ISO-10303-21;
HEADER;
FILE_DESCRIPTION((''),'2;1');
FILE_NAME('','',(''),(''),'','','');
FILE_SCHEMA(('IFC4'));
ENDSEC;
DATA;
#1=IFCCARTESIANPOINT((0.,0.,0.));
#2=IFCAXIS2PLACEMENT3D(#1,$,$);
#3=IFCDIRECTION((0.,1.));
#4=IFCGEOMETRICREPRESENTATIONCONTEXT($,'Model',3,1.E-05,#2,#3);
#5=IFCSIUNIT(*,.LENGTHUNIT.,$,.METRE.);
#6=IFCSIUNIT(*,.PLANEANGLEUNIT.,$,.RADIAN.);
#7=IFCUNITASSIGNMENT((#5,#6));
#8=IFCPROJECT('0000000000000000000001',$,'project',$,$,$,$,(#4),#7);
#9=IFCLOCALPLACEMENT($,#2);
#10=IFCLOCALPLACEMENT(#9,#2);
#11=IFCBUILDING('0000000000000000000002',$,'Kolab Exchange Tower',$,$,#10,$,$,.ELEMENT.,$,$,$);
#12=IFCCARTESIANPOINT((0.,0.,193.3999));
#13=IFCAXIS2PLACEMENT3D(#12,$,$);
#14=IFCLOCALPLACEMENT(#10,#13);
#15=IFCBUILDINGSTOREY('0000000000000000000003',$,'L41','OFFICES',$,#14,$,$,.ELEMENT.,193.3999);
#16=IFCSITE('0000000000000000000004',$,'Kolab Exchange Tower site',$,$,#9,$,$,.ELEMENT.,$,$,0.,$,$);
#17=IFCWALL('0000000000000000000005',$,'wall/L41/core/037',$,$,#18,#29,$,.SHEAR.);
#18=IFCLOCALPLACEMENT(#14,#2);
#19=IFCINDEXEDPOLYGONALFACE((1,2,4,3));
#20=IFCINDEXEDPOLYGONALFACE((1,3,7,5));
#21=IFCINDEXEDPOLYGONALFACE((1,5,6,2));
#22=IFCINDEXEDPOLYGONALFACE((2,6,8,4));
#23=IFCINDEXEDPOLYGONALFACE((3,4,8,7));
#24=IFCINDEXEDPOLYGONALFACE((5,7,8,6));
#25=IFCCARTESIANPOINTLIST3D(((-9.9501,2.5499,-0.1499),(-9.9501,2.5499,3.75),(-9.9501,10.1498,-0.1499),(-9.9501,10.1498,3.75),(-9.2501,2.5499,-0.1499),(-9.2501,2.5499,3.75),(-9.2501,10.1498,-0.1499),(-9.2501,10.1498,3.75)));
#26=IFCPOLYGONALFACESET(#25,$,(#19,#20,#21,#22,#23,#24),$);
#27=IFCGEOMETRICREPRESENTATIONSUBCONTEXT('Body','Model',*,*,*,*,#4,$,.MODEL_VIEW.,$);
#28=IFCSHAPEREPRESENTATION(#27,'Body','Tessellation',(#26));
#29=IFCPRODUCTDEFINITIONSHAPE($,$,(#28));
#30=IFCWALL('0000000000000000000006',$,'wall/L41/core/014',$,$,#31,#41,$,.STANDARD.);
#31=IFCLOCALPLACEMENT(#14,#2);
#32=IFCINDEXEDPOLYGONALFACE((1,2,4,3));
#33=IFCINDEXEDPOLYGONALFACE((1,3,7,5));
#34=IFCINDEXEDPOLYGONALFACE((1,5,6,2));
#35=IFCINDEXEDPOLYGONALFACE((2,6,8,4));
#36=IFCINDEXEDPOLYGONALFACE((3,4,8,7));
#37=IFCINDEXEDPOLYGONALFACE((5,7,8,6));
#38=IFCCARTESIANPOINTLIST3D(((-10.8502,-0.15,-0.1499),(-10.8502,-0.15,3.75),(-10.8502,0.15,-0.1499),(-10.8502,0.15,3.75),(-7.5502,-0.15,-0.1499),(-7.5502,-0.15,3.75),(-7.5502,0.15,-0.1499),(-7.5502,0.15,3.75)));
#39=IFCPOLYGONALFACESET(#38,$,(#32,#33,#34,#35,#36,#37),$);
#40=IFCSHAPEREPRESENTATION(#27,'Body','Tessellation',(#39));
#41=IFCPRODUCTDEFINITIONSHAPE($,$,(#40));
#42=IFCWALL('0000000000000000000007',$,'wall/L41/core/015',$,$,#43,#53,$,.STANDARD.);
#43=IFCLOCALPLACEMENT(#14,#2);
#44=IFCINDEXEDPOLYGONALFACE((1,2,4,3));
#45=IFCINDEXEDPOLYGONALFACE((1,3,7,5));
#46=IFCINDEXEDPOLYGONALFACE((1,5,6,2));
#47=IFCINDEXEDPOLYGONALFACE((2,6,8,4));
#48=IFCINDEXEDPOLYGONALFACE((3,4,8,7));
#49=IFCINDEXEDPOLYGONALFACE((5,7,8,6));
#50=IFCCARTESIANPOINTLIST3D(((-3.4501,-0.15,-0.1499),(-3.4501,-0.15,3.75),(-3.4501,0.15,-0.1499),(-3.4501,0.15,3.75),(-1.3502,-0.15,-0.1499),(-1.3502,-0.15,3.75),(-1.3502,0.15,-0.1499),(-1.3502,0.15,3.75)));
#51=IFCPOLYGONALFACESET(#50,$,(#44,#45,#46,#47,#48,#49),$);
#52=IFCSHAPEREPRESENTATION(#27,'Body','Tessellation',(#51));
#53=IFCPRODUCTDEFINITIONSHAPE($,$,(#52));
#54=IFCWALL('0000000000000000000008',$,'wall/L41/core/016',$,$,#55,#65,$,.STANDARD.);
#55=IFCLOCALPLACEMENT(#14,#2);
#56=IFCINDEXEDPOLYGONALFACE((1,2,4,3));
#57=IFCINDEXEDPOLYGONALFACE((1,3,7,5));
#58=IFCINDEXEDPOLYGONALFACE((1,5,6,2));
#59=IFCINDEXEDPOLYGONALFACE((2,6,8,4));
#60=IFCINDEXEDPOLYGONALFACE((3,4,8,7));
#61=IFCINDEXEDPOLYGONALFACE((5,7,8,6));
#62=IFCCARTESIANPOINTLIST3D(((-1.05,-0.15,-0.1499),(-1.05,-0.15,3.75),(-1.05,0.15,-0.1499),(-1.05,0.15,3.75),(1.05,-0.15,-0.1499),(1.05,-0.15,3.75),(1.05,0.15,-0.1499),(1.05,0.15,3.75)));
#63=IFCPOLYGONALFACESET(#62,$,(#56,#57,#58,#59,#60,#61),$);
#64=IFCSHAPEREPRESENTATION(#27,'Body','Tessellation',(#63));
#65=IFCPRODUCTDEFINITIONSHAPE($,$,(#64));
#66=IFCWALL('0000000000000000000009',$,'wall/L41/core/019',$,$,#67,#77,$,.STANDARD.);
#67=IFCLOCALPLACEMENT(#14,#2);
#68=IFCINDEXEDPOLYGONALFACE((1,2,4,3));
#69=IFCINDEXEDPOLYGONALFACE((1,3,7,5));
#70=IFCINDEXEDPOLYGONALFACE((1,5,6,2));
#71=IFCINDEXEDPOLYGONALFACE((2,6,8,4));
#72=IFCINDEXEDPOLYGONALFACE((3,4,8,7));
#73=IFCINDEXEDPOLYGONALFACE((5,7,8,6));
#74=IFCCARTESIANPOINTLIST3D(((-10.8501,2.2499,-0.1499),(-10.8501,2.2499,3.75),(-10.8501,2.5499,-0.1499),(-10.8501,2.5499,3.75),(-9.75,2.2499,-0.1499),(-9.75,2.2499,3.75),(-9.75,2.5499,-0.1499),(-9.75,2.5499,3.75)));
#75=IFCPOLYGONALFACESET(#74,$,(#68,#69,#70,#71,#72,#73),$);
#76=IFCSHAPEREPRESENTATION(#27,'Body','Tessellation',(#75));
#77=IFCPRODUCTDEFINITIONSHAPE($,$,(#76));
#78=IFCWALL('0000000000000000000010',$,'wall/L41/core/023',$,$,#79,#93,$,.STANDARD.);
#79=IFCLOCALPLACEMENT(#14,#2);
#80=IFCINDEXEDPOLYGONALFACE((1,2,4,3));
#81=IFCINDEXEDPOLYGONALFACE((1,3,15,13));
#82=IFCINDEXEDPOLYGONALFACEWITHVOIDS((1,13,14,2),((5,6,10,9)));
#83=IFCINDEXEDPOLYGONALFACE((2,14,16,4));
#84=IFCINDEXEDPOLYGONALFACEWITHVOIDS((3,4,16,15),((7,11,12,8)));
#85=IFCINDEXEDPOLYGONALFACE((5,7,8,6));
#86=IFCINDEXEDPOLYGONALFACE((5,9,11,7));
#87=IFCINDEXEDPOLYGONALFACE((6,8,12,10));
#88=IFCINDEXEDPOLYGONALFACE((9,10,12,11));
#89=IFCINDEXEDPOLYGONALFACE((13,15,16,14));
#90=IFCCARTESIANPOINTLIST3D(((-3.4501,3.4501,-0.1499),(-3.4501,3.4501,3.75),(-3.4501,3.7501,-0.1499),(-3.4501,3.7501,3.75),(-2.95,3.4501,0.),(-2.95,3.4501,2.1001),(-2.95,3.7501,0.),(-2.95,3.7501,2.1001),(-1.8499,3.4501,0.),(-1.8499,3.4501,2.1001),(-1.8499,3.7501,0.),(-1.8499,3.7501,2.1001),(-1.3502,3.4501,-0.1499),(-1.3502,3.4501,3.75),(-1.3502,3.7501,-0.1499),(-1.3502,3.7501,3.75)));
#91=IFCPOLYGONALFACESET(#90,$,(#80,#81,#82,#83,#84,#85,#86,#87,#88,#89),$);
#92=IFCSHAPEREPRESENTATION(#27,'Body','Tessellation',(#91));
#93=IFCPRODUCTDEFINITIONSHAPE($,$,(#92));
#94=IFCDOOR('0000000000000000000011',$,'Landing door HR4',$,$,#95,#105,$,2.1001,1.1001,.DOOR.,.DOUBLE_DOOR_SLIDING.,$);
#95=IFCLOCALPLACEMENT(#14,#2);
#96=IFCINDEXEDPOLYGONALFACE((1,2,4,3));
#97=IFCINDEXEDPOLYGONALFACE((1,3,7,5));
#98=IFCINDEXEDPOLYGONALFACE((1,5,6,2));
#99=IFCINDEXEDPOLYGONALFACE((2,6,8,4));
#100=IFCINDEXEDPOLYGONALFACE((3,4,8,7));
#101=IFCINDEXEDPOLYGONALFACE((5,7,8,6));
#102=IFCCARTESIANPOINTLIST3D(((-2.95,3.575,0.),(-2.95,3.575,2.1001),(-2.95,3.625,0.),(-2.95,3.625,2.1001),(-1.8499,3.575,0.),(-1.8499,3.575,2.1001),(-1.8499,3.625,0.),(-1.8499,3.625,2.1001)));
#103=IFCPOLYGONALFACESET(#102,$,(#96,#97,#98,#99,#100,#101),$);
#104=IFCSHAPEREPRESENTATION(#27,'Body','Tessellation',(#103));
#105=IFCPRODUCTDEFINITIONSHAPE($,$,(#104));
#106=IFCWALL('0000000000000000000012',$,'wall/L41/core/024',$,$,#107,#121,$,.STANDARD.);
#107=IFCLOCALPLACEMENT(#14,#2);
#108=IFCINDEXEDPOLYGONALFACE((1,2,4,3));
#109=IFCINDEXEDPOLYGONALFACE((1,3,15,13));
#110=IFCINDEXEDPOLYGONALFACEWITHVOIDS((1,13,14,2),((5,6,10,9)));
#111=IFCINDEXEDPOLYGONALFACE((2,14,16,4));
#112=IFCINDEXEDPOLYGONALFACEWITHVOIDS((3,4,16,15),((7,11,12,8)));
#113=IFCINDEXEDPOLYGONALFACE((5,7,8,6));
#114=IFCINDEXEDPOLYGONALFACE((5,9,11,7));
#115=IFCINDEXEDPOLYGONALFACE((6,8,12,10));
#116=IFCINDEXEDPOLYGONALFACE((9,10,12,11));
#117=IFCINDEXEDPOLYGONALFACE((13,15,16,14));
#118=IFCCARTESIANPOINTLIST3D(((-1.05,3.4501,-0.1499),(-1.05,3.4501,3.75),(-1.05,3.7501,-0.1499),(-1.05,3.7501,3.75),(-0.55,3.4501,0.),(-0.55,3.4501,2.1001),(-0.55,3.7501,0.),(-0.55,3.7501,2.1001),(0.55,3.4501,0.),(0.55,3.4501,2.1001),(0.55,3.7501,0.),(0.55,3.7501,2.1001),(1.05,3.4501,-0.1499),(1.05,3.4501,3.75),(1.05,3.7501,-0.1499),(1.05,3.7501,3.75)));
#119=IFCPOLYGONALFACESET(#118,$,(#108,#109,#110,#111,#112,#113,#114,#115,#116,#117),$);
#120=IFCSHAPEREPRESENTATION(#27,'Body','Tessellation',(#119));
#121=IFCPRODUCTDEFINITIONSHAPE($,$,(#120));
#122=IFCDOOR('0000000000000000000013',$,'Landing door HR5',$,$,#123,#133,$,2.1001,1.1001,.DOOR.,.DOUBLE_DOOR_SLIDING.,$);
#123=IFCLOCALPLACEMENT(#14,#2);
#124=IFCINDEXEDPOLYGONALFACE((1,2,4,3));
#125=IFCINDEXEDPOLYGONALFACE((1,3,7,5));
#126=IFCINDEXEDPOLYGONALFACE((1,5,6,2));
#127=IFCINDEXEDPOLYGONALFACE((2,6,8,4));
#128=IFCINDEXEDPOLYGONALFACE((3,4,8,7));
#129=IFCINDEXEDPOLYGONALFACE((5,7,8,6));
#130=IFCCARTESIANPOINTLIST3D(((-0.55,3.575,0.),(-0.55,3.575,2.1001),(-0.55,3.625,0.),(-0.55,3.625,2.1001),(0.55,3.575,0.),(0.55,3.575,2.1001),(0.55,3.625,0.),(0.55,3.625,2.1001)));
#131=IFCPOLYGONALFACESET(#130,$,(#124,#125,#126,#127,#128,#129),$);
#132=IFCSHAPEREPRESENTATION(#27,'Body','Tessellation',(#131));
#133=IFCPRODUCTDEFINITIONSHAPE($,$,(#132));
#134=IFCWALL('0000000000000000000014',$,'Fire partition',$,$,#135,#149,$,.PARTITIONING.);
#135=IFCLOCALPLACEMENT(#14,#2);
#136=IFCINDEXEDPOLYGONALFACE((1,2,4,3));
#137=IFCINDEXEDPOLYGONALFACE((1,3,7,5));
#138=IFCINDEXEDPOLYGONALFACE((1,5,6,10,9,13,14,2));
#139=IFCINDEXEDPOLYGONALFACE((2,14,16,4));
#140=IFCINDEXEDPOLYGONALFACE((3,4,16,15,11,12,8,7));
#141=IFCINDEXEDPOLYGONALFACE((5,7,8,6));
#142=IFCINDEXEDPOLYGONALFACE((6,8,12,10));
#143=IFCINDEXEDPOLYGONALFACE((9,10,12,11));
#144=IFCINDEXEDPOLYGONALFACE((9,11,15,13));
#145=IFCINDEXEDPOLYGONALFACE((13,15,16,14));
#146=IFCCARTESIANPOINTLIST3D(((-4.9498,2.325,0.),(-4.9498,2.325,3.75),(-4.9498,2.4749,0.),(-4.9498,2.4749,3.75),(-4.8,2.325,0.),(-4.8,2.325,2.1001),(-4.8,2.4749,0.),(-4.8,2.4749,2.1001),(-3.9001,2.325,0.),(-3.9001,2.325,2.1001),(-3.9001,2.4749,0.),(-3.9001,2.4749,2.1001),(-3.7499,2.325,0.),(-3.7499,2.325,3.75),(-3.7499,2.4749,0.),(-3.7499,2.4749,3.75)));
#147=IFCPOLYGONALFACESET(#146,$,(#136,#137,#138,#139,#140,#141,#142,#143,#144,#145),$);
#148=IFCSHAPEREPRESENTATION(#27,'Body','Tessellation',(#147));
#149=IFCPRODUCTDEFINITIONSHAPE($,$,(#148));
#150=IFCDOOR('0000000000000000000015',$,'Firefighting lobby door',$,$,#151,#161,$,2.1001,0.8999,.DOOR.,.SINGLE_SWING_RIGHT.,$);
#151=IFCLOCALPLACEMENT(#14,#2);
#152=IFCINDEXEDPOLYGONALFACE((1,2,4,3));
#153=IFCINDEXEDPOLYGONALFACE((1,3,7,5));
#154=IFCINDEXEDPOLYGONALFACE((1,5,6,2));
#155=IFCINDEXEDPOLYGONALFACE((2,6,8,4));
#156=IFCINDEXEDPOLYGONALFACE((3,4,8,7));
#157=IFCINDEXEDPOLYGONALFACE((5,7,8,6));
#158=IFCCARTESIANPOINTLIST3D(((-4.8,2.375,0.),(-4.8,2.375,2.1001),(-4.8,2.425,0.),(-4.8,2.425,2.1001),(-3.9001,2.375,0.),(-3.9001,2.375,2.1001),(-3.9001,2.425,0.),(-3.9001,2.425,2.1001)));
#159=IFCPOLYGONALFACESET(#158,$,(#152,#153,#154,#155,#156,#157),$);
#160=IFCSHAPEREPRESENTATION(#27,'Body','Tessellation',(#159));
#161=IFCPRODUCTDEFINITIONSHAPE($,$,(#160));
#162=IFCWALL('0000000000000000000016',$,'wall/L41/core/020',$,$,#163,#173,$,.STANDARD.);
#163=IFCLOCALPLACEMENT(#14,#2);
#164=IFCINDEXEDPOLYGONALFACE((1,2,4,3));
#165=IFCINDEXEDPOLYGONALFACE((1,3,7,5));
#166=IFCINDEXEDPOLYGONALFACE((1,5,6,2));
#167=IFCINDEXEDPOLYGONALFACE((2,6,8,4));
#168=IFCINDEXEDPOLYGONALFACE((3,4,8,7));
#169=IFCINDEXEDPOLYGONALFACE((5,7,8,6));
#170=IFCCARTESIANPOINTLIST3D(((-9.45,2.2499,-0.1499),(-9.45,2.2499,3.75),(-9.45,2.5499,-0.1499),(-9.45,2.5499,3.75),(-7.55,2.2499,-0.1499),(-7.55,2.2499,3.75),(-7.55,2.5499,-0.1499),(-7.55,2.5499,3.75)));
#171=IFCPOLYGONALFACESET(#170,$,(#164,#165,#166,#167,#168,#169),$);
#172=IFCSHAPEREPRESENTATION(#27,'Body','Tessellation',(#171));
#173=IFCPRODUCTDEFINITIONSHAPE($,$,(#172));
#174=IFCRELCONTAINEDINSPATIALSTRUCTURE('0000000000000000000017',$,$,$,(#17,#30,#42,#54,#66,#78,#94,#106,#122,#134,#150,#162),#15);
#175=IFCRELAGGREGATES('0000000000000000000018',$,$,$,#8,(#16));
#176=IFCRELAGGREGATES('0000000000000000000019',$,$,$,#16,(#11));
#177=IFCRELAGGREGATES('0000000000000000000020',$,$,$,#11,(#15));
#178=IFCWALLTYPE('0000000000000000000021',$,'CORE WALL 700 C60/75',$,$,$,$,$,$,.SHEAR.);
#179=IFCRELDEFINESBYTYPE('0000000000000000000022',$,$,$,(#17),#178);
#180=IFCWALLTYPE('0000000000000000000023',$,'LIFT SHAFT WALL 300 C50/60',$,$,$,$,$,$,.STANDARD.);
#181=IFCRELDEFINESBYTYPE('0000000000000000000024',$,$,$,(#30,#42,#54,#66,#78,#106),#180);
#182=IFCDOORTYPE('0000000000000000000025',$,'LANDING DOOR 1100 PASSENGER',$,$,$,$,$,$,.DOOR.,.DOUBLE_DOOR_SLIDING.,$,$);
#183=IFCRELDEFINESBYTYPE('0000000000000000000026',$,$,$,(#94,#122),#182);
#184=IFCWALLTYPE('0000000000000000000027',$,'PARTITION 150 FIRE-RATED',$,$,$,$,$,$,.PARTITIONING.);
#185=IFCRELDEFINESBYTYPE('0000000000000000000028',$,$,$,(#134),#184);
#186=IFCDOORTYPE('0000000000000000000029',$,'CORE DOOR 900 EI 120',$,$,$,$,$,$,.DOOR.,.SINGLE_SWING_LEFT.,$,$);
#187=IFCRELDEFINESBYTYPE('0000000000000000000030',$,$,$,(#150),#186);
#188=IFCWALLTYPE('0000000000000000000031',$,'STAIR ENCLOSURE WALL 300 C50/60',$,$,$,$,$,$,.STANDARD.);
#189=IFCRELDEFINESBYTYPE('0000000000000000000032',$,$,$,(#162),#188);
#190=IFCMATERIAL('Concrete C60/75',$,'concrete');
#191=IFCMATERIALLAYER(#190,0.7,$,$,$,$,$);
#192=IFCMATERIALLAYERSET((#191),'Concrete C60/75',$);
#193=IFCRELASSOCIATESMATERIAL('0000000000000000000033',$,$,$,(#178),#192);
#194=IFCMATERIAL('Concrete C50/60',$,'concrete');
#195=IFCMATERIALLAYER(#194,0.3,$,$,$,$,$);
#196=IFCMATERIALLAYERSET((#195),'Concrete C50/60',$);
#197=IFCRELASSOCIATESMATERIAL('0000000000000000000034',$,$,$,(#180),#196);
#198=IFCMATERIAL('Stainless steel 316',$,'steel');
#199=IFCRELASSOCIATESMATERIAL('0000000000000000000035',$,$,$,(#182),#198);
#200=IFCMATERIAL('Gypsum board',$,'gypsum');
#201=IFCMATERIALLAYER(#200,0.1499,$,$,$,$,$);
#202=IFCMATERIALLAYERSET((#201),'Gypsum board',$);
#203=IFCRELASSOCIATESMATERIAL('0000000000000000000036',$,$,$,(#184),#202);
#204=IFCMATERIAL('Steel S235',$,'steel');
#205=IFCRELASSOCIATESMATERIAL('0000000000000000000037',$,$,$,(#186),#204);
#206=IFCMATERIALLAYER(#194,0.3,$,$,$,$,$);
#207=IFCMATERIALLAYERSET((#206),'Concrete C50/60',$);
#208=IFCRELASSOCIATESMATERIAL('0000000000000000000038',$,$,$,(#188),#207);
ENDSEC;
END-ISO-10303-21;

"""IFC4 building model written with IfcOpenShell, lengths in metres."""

from ifc_helpers import new_model, si_unit, direction, frame, frame_2d, origin, place, context, subcontext, project, spatial, rectangle, extrude, material, layer, layer_set, type_object, element, fill, save


model = new_model("IFC4")

# Units and contexts
model_context = context("Model", 3, precision=1e-05, world=origin(), true_north=direction((0.0, 1.0)))
body_context = subcontext(model_context, "Body", "Model", "MODEL_VIEW")
ifc_project = project(units=[si_unit("LENGTHUNIT", "METRE"), si_unit("PLANEANGLEUNIT", "RADIAN")], contexts=[model_context])

# Site, building, storey
site_placement = place(None, origin())
site = spatial("IfcSite", under=ifc_project, at=site_placement, Name="Kolab Exchange Tower site", CompositionType="ELEMENT", RefElevation=0.0)
building_placement = place(site_placement, origin())
building = spatial("IfcBuilding", under=site, at=building_placement, Name="Kolab Exchange Tower", CompositionType="ELEMENT")
storey_placement = place(building_placement, frame((0.0, 0.0, 193.3999)))
storey = spatial("IfcBuildingStorey", under=building, at=storey_placement, Name="L41", Description="OFFICES", CompositionType="ELEMENT", Elevation=193.3999)

# Walls
ifc_material_1 = material(Name="Concrete C60/75", Category="concrete")
ifc_layer_1 = layer(ifc_material_1, 0.7)
ifc_layer_set_1 = layer_set([ifc_layer_1], Name="Concrete C60/75")
wall_type_1 = type_object("IfcWallType", Name="CORE WALL 700 C60/75", PredefinedType="SHEAR", material=ifc_layer_set_1)
wall_1_placement = place(storey_placement, frame((-9.6001, 2.55, -0.1499), z_axis=(0.0, 0.0, 1.0), x_axis=(0.0, 1.0, 0.0)))
element("IfcWall", 1, at=wall_1_placement, inside=storey, type_object=wall_type_1, Name="wall/L41/core/037", PredefinedType="SHEAR", context=body_context, shape_type="SweptSolid", body=[
    extrude(rectangle(XDim=7.5999, YDim=0.7, at=frame_2d((3.7998, 0.0))), origin(), (0.0, 0.0, 1.0), 3.8999),
])
ifc_material_2 = material(Name="Concrete C50/60", Category="concrete")
ifc_layer_2 = layer(ifc_material_2, 0.3)
ifc_layer_set_2 = layer_set([ifc_layer_2], Name="Concrete C50/60")
wall_type_2 = type_object("IfcWallType", Name="LIFT SHAFT WALL 300 C50/60", PredefinedType="STANDARD", material=ifc_layer_set_2)
wall_2_placement = place(storey_placement, frame((-10.8501, 0.0, -0.1499), z_axis=(0.0, 0.0, 1.0), x_axis=(1.0, 0.0, 0.0)))
element("IfcWall", 2, at=wall_2_placement, inside=storey, type_object=wall_type_2, Name="wall/L41/core/014", PredefinedType="STANDARD", context=body_context, shape_type="SweptSolid", body=[
    extrude(rectangle(XDim=3.3, YDim=0.3, at=frame_2d((1.6499, 0.0))), origin(), (0.0, 0.0, 1.0), 3.8999),
])
wall_3_placement = place(storey_placement, frame((-3.45, 0.0, -0.1499), z_axis=(0.0, 0.0, 1.0), x_axis=(1.0, 0.0, 0.0)))
element("IfcWall", 3, at=wall_3_placement, inside=storey, type_object=wall_type_2, Name="wall/L41/core/015", PredefinedType="STANDARD", context=body_context, shape_type="SweptSolid", body=[
    extrude(rectangle(XDim=2.0999, YDim=0.3, at=frame_2d((1.0498, 0.0))), origin(), (0.0, 0.0, 1.0), 3.8999),
])
wall_4_placement = place(storey_placement, frame((-1.05, 0.0, -0.1499), z_axis=(0.0, 0.0, 1.0), x_axis=(1.0, 0.0, 0.0)))
element("IfcWall", 4, at=wall_4_placement, inside=storey, type_object=wall_type_2, Name="wall/L41/core/016", PredefinedType="STANDARD", context=body_context, shape_type="SweptSolid", body=[
    extrude(rectangle(XDim=2.1001, YDim=0.3, at=frame_2d((1.05, 0.0))), origin(), (0.0, 0.0, 1.0), 3.8999),
])
wall_5_placement = place(storey_placement, frame((-10.8501, 2.3999, -0.1499), z_axis=(0.0, 0.0, 1.0), x_axis=(1.0, 0.0, 0.0)))
element("IfcWall", 5, at=wall_5_placement, inside=storey, type_object=wall_type_2, Name="wall/L41/core/019", PredefinedType="STANDARD", context=body_context, shape_type="SweptSolid", body=[
    extrude(rectangle(XDim=1.1001, YDim=0.3, at=frame_2d((0.55, 0.0))), origin(), (0.0, 0.0, 1.0), 3.8999),
])

# Walls, openings, doors
wall_6_placement = place(storey_placement, frame((-3.45, 3.6001, -0.1499), z_axis=(0.0, 0.0, 1.0), x_axis=(1.0, 0.0, 0.0)))
wall_6 = element("IfcWall", 6, at=wall_6_placement, inside=storey, type_object=wall_type_2, Name="wall/L41/core/023", PredefinedType="STANDARD", context=body_context, shape_type="SweptSolid", body=[
    extrude(rectangle(XDim=2.0999, YDim=0.3, at=frame_2d((1.0498, 0.0))), origin(), (0.0, 0.0, 1.0), 3.8999),
])
opening_1_placement = place(wall_6_placement, frame((0.5, 0.0, 0.1499)))
opening_1 = element("IfcOpeningElement", 7, at=opening_1_placement, cuts=wall_6, PredefinedType="OPENING", context=body_context, shape_type="SweptSolid", body=[
    extrude(rectangle(XDim=1.1001, YDim=2.1001, at=frame_2d((0.55, 1.05))), frame((0.0, 0.1602, 0.0), z_axis=(0.0, -1.0, 0.0), x_axis=(1.0, 0.0, 0.0)), (0.0, 0.0, 1.0), 0.3201),
])
ifc_material_3 = material(Name="Stainless steel 316", Category="steel")
door_type_1 = type_object("IfcDoorType", Name="LANDING DOOR 1100 PASSENGER", OperationType="DOUBLE_DOOR_SLIDING", PredefinedType="DOOR", material=ifc_material_3)
door_1_placement = place(opening_1_placement, origin())
door_1 = element("IfcDoor", 8, at=door_1_placement, inside=storey, type_object=door_type_1, Name="Landing door HR4", OperationType="DOUBLE_DOOR_SLIDING", OverallHeight=2.1001, OverallWidth=1.1001, PredefinedType="DOOR", context=body_context, shape_type="SweptSolid", body=[
    extrude(rectangle(XDim=1.1001, YDim=2.1001, at=frame_2d((0.55, 1.05))), frame((0.0, 0.0249, 0.0), z_axis=(0.0, -1.0, 0.0), x_axis=(1.0, 0.0, 0.0)), (0.0, 0.0, 1.0), 0.05),
])
fill(opening_1, door_1)
wall_7_placement = place(storey_placement, frame((-1.05, 3.6001, -0.1499), z_axis=(0.0, 0.0, 1.0), x_axis=(1.0, 0.0, 0.0)))
wall_7 = element("IfcWall", 9, at=wall_7_placement, inside=storey, type_object=wall_type_2, Name="wall/L41/core/024", PredefinedType="STANDARD", context=body_context, shape_type="SweptSolid", body=[
    extrude(rectangle(XDim=2.1001, YDim=0.3, at=frame_2d((1.05, 0.0))), origin(), (0.0, 0.0, 1.0), 3.8999),
])
opening_2_placement = place(wall_7_placement, frame((0.5, 0.0, 0.1499)))
opening_2 = element("IfcOpeningElement", 10, at=opening_2_placement, cuts=wall_7, PredefinedType="OPENING", context=body_context, shape_type="SweptSolid", body=[
    extrude(rectangle(XDim=1.1001, YDim=2.1001, at=frame_2d((0.55, 1.05))), frame((0.0, 0.1602, 0.0), z_axis=(0.0, -1.0, 0.0), x_axis=(1.0, 0.0, 0.0)), (0.0, 0.0, 1.0), 0.3201),
])
door_2_placement = place(opening_2_placement, origin())
door_2 = element("IfcDoor", 11, at=door_2_placement, inside=storey, type_object=door_type_1, Name="Landing door HR5", OperationType="DOUBLE_DOOR_SLIDING", OverallHeight=2.1001, OverallWidth=1.1001, PredefinedType="DOOR", context=body_context, shape_type="SweptSolid", body=[
    extrude(rectangle(XDim=1.1001, YDim=2.1001, at=frame_2d((0.55, 1.05))), frame((0.0, 0.0249, 0.0), z_axis=(0.0, -1.0, 0.0), x_axis=(1.0, 0.0, 0.0)), (0.0, 0.0, 1.0), 0.05),
])
fill(opening_2, door_2)
ifc_material_4 = material(Name="Gypsum board", Category="gypsum")
ifc_layer_3 = layer(ifc_material_4, 0.1499)
ifc_layer_set_3 = layer_set([ifc_layer_3], Name="Gypsum board")
wall_type_3 = type_object("IfcWallType", Name="PARTITION 150 FIRE-RATED", PredefinedType="PARTITIONING", material=ifc_layer_set_3)
wall_8_placement = place(storey_placement, frame((-4.95, 2.3999, 0.0), z_axis=(0.0, 0.0, 1.0), x_axis=(1.0, 0.0, 0.0)))
wall_8 = element("IfcWall", 12, at=wall_8_placement, inside=storey, type_object=wall_type_3, Name="Fire partition", PredefinedType="PARTITIONING", context=body_context, shape_type="SweptSolid", body=[
    extrude(rectangle(XDim=1.2, YDim=0.1499, at=frame_2d((0.6001, 0.0))), origin(), (0.0, 0.0, 1.0), 3.75),
])
opening_3_placement = place(wall_8_placement, frame((0.1499, 0.0, 0.0)))
opening_3 = element("IfcOpeningElement", 13, at=opening_3_placement, cuts=wall_8, PredefinedType="OPENING", context=body_context, shape_type="SweptSolid", body=[
    extrude(rectangle(XDim=0.8999, YDim=2.1001, at=frame_2d((0.45, 1.05))), frame((0.0, 0.085, 0.0), z_axis=(0.0, -1.0, 0.0), x_axis=(1.0, 0.0, 0.0)), (0.0, 0.0, 1.0), 0.1699),
])
ifc_material_5 = material(Name="Steel S235", Category="steel")
door_type_2 = type_object("IfcDoorType", Name="CORE DOOR 900 EI 120", OperationType="SINGLE_SWING_LEFT", PredefinedType="DOOR", material=ifc_material_5)
door_3_placement = place(opening_3_placement, frame((0.8999, 0.0, 0.0), z_axis=(0.0, 0.0, 1.0), x_axis=(-1.0, 0.0, 0.0)))
door_3 = element("IfcDoor", 14, at=door_3_placement, inside=storey, type_object=door_type_2, Name="Firefighting lobby door", OperationType="SINGLE_SWING_RIGHT", OverallHeight=2.1001, OverallWidth=0.8999, PredefinedType="DOOR", context=body_context, shape_type="SweptSolid", body=[
    extrude(rectangle(XDim=0.8999, YDim=2.1001, at=frame_2d((0.45, 1.05))), frame((0.0, 0.0249, 0.0), z_axis=(0.0, -1.0, 0.0), x_axis=(1.0, 0.0, 0.0)), (0.0, 0.0, 1.0), 0.05),
])
fill(opening_3, door_3)

# Wall
ifc_layer_4 = layer(ifc_material_2, 0.3)
ifc_layer_set_4 = layer_set([ifc_layer_4], Name="Concrete C50/60")
wall_type_4 = type_object("IfcWallType", Name="STAIR ENCLOSURE WALL 300 C50/60", PredefinedType="STANDARD", material=ifc_layer_set_4)
wall_9_placement = place(storey_placement, frame((-9.45, 2.3999, -0.1499), z_axis=(0.0, 0.0, 1.0), x_axis=(1.0, 0.0, 0.0)))
element("IfcWall", 15, at=wall_9_placement, inside=storey, type_object=wall_type_4, Name="wall/L41/core/020", PredefinedType="STANDARD", context=body_context, shape_type="SweptSolid", body=[
    extrude(rectangle(XDim=1.8999, YDim=0.3, at=frame_2d((0.95, 0.0))), origin(), (0.0, 0.0, 1.0), 3.8999),
])

save(model, "model.ifc")
